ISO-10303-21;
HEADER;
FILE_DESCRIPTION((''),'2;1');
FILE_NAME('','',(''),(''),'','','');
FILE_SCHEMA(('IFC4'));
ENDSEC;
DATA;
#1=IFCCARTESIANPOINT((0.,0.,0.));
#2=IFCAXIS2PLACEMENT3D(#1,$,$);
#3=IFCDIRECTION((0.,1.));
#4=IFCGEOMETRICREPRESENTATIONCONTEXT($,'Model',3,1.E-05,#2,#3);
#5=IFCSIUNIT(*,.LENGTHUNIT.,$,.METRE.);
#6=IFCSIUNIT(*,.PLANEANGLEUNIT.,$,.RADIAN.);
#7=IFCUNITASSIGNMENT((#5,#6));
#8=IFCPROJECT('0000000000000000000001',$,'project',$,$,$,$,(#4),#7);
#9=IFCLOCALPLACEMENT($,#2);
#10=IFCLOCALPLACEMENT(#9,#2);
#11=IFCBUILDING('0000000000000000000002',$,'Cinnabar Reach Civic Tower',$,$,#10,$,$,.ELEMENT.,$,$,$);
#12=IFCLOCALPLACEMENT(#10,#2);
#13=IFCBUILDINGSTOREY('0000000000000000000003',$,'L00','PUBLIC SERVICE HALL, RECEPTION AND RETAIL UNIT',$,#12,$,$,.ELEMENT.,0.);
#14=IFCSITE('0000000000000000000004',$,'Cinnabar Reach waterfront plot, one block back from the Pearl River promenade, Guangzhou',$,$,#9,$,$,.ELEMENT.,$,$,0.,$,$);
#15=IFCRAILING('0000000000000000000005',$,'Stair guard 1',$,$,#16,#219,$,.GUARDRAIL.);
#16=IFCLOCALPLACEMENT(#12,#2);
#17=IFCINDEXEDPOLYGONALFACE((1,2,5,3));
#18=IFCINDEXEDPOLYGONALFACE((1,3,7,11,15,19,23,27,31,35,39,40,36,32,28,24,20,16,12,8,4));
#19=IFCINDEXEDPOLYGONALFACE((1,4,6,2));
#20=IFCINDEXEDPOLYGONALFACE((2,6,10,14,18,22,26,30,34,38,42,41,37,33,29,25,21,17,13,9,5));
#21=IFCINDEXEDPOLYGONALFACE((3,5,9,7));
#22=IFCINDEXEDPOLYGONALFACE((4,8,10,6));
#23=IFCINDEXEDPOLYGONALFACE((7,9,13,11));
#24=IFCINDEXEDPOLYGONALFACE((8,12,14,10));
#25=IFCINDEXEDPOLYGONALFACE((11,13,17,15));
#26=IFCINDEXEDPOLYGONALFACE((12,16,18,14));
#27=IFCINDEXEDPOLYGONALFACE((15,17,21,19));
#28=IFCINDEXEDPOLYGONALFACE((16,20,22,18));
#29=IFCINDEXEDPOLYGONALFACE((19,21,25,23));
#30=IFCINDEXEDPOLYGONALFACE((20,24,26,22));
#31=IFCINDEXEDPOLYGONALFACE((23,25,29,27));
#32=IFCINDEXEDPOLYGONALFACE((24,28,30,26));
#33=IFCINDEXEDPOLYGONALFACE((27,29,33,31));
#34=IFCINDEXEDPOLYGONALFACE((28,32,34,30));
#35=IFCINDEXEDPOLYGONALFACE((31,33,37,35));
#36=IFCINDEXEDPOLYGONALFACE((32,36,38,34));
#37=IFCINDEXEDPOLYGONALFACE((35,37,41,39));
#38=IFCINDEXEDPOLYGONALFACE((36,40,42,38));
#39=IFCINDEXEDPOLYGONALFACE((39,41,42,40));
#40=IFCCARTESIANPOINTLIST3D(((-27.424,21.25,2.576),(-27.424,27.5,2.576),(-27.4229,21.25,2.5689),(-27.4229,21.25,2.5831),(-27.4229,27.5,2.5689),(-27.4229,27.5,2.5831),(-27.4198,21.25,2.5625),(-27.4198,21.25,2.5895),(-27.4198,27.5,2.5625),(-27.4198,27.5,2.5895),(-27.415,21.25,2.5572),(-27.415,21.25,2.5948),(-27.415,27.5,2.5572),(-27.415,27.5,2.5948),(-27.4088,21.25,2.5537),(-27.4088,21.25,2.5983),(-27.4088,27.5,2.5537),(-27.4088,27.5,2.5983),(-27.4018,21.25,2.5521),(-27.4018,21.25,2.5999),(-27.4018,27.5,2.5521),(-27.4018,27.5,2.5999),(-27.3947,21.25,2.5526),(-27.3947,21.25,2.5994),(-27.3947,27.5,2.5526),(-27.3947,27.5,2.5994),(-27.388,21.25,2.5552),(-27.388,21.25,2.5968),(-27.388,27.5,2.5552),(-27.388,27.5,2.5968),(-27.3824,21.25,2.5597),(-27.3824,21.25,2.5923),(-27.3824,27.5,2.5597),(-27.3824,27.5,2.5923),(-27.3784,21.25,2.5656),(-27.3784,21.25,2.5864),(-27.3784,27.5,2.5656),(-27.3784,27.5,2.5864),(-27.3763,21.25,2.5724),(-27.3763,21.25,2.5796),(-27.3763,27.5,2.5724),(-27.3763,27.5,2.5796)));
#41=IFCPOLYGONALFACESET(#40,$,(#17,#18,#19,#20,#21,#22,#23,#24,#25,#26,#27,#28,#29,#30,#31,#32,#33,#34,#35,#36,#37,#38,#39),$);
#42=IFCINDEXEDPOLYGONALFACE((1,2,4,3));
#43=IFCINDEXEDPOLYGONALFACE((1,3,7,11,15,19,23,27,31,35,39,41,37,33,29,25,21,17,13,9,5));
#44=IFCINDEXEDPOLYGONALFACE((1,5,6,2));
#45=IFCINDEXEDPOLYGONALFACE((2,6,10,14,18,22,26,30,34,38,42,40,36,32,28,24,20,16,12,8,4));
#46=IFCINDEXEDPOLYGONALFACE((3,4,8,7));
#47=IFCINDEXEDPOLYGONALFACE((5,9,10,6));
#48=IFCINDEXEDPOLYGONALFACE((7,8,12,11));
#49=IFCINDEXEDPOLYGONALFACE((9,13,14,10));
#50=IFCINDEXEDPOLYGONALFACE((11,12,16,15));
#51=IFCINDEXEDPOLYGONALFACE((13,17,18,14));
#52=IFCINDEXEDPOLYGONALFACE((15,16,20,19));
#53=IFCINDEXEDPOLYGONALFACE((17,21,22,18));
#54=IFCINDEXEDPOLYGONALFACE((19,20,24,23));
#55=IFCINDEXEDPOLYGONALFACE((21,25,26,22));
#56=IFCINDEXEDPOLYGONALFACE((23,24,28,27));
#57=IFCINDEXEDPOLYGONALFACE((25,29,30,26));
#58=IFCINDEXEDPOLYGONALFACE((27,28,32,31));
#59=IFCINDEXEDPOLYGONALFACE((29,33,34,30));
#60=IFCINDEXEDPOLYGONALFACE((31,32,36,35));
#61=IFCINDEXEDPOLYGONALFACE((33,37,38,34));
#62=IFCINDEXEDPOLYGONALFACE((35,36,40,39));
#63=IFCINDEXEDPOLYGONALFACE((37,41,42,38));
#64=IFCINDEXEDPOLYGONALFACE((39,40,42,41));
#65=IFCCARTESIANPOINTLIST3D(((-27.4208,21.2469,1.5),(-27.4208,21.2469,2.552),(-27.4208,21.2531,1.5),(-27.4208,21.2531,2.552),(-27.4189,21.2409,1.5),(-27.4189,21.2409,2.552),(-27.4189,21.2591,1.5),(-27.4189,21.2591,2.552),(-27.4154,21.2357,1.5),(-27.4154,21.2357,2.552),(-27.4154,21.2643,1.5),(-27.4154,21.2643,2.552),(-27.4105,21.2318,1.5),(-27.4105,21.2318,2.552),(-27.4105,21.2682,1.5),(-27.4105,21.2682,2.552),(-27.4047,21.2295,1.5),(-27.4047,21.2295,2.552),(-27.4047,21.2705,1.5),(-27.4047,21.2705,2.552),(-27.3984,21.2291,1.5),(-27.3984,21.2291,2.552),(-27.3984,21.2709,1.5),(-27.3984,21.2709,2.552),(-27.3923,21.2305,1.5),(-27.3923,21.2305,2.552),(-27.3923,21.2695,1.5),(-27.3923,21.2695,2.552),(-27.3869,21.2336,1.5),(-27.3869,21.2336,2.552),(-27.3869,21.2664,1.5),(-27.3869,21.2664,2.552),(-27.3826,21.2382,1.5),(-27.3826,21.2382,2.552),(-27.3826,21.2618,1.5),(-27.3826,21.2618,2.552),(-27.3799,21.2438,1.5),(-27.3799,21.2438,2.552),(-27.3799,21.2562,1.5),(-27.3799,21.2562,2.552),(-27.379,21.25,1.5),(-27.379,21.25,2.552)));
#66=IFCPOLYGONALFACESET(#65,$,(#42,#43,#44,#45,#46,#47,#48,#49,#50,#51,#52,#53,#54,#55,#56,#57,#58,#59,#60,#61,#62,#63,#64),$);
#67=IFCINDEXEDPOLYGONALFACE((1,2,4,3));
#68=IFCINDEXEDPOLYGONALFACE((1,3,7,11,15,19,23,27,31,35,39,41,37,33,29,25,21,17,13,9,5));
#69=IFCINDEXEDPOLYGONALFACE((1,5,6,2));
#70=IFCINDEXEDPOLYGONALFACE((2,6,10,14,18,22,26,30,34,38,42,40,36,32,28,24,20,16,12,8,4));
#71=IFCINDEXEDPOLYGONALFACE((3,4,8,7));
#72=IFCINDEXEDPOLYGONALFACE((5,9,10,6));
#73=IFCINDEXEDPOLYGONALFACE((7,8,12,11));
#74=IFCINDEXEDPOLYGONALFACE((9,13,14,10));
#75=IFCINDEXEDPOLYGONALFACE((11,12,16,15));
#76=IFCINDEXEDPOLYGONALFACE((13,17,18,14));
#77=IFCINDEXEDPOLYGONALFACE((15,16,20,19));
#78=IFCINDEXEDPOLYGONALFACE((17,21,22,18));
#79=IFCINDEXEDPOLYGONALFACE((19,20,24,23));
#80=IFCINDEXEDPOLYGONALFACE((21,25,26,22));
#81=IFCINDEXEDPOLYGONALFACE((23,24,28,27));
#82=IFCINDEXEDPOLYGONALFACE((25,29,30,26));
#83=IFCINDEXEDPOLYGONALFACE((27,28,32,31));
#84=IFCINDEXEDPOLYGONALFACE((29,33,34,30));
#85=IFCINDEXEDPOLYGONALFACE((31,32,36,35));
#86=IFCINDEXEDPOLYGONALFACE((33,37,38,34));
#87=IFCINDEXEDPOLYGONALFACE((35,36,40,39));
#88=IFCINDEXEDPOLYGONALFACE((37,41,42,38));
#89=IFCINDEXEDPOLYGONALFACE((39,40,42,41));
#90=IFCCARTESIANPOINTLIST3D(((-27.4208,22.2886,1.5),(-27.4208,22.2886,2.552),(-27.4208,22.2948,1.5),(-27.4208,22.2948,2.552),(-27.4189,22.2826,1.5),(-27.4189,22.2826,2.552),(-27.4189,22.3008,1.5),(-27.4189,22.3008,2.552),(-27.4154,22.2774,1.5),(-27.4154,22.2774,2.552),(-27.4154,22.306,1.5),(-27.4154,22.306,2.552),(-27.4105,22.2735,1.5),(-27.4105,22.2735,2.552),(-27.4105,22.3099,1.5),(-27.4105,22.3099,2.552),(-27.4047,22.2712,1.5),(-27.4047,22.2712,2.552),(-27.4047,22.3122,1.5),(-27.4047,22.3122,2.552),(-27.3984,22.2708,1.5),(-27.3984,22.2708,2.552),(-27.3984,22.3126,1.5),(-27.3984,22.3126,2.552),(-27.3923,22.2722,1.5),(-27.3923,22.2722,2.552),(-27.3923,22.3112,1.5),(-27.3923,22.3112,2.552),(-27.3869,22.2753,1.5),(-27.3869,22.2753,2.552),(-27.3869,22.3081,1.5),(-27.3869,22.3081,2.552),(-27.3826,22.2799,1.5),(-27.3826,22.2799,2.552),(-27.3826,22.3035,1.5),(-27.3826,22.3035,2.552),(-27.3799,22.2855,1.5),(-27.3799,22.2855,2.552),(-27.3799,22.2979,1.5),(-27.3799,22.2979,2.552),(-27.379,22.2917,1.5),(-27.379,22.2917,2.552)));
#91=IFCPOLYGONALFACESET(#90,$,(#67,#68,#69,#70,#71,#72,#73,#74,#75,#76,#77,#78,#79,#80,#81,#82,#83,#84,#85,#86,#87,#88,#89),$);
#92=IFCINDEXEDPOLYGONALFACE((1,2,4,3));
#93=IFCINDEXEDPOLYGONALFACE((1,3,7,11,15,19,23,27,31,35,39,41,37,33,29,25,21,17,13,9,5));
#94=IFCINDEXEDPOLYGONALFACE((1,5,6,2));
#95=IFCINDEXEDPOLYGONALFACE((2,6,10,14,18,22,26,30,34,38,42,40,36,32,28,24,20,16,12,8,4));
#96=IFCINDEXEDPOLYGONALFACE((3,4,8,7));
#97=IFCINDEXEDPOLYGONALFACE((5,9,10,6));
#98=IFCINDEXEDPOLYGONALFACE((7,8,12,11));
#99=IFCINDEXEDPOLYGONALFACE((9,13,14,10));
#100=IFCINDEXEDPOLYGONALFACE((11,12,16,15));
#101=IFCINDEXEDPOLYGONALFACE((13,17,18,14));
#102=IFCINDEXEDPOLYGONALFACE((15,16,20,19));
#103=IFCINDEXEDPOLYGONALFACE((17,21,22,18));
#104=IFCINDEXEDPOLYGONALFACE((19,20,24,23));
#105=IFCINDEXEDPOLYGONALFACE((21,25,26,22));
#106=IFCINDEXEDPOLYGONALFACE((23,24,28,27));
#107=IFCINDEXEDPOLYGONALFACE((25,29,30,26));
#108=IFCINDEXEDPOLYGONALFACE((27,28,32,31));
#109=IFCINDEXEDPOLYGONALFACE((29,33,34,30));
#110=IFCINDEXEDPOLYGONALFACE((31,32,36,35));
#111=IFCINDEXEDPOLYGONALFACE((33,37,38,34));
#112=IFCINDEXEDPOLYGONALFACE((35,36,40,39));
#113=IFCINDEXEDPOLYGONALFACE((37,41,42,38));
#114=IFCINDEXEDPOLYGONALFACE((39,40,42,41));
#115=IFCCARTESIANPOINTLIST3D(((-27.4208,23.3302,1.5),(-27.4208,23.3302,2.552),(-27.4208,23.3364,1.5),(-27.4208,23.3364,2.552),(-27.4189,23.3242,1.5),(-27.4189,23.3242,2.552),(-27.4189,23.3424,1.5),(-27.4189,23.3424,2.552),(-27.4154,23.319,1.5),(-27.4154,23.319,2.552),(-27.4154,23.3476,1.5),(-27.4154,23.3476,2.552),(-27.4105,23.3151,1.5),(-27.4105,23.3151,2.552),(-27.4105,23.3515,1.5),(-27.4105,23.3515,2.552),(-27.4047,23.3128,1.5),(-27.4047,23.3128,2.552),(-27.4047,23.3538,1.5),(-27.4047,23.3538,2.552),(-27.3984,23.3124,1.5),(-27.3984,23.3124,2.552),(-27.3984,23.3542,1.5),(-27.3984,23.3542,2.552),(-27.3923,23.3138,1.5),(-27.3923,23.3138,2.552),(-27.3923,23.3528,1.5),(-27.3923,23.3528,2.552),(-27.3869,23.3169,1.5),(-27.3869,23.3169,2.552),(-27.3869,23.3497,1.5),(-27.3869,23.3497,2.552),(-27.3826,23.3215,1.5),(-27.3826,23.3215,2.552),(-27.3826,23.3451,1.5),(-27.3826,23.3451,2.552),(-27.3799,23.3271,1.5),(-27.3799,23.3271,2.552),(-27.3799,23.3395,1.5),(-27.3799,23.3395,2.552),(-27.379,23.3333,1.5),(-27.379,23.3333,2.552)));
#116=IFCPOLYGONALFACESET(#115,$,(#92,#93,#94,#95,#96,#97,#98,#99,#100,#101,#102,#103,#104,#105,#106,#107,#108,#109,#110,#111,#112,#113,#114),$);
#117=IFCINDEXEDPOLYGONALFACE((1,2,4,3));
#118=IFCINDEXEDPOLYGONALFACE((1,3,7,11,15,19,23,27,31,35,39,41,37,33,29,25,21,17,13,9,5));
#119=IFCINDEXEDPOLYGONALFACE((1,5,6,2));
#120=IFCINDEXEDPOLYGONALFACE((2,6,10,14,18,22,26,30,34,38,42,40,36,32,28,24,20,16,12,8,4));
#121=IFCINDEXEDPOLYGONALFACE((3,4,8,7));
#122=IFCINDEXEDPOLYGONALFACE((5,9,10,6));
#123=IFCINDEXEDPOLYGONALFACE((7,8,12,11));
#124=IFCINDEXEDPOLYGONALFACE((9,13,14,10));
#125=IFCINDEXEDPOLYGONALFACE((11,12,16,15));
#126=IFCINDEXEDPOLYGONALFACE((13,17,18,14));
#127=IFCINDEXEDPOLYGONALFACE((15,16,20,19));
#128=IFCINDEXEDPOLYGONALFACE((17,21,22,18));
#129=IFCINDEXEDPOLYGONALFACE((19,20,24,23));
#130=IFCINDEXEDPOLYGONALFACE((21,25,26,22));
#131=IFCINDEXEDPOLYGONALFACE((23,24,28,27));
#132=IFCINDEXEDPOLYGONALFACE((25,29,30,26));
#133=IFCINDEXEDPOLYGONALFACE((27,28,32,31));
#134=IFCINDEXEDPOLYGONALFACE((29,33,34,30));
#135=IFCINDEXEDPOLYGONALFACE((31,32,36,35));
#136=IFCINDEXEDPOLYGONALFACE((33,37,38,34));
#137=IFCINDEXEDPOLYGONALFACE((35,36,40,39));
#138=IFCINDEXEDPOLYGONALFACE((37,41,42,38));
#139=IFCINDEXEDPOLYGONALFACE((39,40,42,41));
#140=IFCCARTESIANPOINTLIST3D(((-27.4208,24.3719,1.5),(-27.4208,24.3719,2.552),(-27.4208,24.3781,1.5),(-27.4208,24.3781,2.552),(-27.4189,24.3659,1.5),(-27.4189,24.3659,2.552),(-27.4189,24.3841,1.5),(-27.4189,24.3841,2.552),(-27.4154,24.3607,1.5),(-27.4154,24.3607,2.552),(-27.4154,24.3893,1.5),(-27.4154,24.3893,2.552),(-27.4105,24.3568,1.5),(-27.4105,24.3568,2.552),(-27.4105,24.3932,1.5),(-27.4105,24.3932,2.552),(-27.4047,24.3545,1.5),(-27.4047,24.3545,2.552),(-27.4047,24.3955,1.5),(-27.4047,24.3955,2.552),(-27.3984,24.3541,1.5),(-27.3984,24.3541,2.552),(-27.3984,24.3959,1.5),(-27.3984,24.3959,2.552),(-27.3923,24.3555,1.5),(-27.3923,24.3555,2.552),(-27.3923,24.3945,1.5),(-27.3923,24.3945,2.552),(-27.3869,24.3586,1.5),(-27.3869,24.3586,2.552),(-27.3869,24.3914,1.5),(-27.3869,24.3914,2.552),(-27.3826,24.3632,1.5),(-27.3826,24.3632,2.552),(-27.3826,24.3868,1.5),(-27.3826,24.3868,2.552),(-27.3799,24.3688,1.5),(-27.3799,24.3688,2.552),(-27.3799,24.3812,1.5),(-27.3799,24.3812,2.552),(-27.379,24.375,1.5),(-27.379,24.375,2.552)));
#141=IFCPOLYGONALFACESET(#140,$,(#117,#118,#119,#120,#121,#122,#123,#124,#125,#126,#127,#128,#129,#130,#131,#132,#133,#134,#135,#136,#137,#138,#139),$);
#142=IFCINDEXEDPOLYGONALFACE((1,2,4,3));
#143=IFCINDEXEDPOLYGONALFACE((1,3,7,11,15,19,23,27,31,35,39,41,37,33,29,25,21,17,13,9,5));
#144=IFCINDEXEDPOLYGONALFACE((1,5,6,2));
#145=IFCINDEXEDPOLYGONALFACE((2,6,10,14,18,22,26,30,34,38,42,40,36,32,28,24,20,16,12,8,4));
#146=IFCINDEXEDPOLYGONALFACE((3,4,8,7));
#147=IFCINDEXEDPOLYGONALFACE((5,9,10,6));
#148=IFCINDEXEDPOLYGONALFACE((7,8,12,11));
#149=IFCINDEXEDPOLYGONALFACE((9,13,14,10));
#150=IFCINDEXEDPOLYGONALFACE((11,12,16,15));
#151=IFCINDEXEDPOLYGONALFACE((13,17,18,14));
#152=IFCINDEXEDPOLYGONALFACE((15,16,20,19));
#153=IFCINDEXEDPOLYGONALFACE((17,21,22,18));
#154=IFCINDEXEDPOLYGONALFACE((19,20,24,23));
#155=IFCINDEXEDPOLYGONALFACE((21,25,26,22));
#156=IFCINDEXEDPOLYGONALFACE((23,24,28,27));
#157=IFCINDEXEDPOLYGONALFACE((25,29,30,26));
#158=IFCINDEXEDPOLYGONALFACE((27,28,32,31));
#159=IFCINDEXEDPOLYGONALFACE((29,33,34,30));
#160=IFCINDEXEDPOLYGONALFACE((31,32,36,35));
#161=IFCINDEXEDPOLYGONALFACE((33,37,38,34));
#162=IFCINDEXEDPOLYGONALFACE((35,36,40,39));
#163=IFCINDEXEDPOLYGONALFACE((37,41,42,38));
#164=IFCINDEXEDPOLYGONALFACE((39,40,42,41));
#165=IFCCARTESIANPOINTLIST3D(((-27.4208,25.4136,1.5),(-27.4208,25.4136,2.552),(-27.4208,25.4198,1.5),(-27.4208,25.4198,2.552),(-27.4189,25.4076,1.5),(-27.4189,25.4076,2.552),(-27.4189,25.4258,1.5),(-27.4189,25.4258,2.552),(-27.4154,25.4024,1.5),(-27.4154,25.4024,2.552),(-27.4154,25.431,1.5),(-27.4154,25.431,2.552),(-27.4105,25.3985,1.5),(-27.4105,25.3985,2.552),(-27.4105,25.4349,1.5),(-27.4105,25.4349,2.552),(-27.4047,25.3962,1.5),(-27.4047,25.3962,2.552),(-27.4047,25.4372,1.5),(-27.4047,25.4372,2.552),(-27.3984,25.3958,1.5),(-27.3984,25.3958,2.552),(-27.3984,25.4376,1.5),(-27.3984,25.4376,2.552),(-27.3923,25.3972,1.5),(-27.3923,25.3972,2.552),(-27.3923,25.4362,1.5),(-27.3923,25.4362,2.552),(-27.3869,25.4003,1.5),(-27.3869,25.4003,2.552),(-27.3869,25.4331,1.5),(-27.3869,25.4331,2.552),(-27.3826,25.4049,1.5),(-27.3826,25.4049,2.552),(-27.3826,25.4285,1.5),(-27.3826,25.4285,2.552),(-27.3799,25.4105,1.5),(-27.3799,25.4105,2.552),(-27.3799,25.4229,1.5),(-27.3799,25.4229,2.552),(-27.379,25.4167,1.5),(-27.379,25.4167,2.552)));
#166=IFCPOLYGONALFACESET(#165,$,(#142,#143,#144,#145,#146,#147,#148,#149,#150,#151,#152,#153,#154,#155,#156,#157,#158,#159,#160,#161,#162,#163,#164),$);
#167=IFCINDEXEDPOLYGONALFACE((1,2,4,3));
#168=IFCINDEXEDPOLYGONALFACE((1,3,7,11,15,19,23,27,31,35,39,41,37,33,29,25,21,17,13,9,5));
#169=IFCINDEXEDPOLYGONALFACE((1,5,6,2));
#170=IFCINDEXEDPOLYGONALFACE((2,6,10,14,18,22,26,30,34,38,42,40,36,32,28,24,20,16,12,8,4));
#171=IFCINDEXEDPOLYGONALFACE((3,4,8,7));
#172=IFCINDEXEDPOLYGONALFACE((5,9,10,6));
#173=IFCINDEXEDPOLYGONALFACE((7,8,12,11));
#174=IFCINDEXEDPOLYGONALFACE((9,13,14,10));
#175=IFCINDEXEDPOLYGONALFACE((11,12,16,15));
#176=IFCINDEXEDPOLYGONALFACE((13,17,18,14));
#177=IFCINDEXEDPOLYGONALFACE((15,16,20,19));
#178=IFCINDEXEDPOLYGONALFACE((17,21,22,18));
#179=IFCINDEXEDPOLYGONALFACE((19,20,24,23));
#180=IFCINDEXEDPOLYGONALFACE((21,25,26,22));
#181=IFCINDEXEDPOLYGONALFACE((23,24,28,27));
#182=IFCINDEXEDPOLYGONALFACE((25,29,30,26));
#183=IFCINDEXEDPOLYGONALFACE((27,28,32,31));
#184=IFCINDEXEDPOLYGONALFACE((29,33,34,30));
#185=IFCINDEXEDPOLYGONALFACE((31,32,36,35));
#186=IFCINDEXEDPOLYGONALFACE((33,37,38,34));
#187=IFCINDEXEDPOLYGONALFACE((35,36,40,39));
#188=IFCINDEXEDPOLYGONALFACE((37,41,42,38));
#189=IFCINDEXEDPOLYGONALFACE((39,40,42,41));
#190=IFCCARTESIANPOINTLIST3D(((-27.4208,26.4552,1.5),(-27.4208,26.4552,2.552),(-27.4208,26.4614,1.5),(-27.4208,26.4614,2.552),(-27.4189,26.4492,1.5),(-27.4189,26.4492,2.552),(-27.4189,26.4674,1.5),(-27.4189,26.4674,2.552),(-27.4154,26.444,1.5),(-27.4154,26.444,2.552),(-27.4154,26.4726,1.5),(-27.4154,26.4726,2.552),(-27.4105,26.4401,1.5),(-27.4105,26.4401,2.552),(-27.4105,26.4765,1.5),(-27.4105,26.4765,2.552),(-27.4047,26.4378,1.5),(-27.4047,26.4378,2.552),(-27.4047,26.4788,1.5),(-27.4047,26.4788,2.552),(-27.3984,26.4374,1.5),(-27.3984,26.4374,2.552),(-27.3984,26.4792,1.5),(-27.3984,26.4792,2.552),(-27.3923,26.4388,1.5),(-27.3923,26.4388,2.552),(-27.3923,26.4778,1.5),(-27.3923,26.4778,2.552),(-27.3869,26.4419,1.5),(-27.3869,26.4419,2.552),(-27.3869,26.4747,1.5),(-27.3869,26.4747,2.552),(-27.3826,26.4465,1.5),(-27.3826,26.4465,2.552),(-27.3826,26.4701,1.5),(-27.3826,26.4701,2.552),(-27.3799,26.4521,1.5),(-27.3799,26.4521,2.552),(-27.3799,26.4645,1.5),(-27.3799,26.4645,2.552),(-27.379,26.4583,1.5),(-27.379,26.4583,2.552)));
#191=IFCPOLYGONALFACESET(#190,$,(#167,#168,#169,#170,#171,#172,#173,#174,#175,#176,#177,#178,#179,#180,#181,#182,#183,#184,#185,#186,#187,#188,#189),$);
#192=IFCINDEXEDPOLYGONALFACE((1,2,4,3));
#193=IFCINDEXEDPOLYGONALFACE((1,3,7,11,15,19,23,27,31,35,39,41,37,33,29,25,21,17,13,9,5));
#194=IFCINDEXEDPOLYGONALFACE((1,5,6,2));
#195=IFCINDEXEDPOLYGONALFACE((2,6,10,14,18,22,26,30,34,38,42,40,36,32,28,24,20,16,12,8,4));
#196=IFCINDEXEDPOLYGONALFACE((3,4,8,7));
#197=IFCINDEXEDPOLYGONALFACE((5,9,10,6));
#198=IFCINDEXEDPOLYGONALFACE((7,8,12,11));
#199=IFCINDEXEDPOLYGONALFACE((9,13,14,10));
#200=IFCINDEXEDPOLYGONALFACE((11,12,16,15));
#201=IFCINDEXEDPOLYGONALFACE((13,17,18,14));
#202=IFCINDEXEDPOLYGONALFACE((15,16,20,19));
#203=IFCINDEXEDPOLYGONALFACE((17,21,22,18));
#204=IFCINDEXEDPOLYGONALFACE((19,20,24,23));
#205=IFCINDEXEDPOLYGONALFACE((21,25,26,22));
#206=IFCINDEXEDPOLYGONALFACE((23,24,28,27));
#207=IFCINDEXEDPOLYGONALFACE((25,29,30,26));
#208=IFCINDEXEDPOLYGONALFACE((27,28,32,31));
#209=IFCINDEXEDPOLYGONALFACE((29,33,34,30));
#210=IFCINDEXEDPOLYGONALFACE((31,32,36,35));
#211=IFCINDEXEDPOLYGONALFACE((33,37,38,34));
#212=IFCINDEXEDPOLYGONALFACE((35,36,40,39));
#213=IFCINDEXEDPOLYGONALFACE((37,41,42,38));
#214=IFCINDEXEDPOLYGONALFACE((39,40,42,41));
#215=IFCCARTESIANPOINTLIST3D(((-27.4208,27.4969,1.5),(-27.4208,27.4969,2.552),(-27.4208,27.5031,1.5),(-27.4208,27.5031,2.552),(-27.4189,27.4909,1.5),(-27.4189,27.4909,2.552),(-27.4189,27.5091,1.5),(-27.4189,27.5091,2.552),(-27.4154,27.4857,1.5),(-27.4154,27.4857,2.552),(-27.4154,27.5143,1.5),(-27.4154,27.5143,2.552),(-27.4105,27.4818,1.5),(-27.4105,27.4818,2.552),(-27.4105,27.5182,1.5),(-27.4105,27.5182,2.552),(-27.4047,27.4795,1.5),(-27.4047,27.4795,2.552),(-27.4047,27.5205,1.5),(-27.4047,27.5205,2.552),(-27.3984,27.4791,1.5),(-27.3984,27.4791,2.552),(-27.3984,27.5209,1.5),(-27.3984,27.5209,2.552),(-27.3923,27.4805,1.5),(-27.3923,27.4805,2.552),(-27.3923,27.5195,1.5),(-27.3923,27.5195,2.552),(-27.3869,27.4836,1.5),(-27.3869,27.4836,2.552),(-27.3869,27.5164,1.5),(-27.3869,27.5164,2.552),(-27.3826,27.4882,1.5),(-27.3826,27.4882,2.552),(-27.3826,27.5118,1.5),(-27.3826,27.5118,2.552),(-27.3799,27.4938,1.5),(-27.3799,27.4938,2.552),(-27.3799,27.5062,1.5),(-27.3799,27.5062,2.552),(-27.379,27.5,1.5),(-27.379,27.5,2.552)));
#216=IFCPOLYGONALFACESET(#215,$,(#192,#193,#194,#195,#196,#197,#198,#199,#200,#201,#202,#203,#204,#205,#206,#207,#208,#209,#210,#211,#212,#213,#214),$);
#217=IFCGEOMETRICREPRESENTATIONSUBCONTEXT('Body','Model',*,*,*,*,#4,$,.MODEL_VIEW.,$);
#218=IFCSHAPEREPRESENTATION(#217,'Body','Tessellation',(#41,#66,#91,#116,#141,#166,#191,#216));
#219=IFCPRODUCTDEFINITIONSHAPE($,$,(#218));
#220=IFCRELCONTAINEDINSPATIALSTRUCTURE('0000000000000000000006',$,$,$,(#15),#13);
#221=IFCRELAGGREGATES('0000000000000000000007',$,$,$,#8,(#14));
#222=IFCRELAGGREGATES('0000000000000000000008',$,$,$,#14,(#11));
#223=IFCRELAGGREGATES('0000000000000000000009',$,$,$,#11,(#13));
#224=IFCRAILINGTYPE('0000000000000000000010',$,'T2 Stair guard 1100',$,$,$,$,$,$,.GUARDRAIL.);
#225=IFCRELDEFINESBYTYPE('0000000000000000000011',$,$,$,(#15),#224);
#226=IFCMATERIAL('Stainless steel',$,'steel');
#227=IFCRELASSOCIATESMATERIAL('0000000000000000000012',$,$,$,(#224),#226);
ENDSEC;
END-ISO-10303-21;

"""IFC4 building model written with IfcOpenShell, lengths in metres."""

from ifc_helpers import new_model, si_unit, direction, frame, origin, origin_2d, place, context, subcontext, project, spatial, circle, extrude, material, type_object, element, save


model = new_model("IFC4")

# Units and contexts
model_context = context("Model", 3, precision=1e-05, world=origin(), true_north=direction((0.0, 1.0)))
body_context = subcontext(model_context, "Body", "Model", "MODEL_VIEW")
ifc_project = project(units=[si_unit("LENGTHUNIT", "METRE"), si_unit("PLANEANGLEUNIT", "RADIAN")], contexts=[model_context])

# Site, building, storey
site_placement = place(None, origin())
site = spatial("IfcSite", under=ifc_project, at=site_placement, Name="Cinnabar Reach waterfront plot, one block back from the Pearl River promenade, Guangzhou", CompositionType="ELEMENT", RefElevation=0.0)
building_placement = place(site_placement, origin())
building = spatial("IfcBuilding", under=site, at=building_placement, Name="Cinnabar Reach Civic Tower", CompositionType="ELEMENT")
storey_placement = place(building_placement, origin())
storey = spatial("IfcBuildingStorey", under=building, at=storey_placement, Name="L00", Description="PUBLIC SERVICE HALL, RECEPTION AND RETAIL UNIT", CompositionType="ELEMENT", Elevation=0.0)

# Railing
ifc_material_1 = material(Name="Stainless steel", Category="steel")
railing_type = type_object("IfcRailingType", Name="T2 Stair guard 1100", PredefinedType="GUARDRAIL", material=ifc_material_1)
for number, where, name in (
    (1, (-27.4, 21.25, 1.5), "Stair guard 1"),
):
    element("IfcRailing", number, at=place(storey_placement, frame(where)), inside=storey, type_object=railing_type, Name=name, PredefinedType="GUARDRAIL", context=body_context, shape_type="SweptSolid", body=[
        extrude(circle(Radius=0.024, at=origin_2d()), frame((0.0, 0.0, 1.076), z_axis=(0.0, 1.0, 0.0), x_axis=(-1.0, 0.0, 0.0)), (0.0, 0.0, 1.0), 6.25),
        extrude(circle(Radius=0.021, at=origin_2d()), origin(), (0.0, 0.0, 1.0), 1.052),
        extrude(circle(Radius=0.021, at=origin_2d()), frame((0.0, 1.0417, 0.0)), (0.0, 0.0, 1.0), 1.052),
        extrude(circle(Radius=0.021, at=origin_2d()), frame((0.0, 2.0833, 0.0)), (0.0, 0.0, 1.0), 1.052),
        extrude(circle(Radius=0.021, at=origin_2d()), frame((0.0, 3.125, 0.0)), (0.0, 0.0, 1.0), 1.052),
        extrude(circle(Radius=0.021, at=origin_2d()), frame((0.0, 4.1667, 0.0)), (0.0, 0.0, 1.0), 1.052),
        extrude(circle(Radius=0.021, at=origin_2d()), frame((0.0, 5.2083, 0.0)), (0.0, 0.0, 1.0), 1.052),
        extrude(circle(Radius=0.021, at=origin_2d()), frame((0.0, 6.25, 0.0)), (0.0, 0.0, 1.0), 1.052),
    ])

save(model, "model.ifc")
